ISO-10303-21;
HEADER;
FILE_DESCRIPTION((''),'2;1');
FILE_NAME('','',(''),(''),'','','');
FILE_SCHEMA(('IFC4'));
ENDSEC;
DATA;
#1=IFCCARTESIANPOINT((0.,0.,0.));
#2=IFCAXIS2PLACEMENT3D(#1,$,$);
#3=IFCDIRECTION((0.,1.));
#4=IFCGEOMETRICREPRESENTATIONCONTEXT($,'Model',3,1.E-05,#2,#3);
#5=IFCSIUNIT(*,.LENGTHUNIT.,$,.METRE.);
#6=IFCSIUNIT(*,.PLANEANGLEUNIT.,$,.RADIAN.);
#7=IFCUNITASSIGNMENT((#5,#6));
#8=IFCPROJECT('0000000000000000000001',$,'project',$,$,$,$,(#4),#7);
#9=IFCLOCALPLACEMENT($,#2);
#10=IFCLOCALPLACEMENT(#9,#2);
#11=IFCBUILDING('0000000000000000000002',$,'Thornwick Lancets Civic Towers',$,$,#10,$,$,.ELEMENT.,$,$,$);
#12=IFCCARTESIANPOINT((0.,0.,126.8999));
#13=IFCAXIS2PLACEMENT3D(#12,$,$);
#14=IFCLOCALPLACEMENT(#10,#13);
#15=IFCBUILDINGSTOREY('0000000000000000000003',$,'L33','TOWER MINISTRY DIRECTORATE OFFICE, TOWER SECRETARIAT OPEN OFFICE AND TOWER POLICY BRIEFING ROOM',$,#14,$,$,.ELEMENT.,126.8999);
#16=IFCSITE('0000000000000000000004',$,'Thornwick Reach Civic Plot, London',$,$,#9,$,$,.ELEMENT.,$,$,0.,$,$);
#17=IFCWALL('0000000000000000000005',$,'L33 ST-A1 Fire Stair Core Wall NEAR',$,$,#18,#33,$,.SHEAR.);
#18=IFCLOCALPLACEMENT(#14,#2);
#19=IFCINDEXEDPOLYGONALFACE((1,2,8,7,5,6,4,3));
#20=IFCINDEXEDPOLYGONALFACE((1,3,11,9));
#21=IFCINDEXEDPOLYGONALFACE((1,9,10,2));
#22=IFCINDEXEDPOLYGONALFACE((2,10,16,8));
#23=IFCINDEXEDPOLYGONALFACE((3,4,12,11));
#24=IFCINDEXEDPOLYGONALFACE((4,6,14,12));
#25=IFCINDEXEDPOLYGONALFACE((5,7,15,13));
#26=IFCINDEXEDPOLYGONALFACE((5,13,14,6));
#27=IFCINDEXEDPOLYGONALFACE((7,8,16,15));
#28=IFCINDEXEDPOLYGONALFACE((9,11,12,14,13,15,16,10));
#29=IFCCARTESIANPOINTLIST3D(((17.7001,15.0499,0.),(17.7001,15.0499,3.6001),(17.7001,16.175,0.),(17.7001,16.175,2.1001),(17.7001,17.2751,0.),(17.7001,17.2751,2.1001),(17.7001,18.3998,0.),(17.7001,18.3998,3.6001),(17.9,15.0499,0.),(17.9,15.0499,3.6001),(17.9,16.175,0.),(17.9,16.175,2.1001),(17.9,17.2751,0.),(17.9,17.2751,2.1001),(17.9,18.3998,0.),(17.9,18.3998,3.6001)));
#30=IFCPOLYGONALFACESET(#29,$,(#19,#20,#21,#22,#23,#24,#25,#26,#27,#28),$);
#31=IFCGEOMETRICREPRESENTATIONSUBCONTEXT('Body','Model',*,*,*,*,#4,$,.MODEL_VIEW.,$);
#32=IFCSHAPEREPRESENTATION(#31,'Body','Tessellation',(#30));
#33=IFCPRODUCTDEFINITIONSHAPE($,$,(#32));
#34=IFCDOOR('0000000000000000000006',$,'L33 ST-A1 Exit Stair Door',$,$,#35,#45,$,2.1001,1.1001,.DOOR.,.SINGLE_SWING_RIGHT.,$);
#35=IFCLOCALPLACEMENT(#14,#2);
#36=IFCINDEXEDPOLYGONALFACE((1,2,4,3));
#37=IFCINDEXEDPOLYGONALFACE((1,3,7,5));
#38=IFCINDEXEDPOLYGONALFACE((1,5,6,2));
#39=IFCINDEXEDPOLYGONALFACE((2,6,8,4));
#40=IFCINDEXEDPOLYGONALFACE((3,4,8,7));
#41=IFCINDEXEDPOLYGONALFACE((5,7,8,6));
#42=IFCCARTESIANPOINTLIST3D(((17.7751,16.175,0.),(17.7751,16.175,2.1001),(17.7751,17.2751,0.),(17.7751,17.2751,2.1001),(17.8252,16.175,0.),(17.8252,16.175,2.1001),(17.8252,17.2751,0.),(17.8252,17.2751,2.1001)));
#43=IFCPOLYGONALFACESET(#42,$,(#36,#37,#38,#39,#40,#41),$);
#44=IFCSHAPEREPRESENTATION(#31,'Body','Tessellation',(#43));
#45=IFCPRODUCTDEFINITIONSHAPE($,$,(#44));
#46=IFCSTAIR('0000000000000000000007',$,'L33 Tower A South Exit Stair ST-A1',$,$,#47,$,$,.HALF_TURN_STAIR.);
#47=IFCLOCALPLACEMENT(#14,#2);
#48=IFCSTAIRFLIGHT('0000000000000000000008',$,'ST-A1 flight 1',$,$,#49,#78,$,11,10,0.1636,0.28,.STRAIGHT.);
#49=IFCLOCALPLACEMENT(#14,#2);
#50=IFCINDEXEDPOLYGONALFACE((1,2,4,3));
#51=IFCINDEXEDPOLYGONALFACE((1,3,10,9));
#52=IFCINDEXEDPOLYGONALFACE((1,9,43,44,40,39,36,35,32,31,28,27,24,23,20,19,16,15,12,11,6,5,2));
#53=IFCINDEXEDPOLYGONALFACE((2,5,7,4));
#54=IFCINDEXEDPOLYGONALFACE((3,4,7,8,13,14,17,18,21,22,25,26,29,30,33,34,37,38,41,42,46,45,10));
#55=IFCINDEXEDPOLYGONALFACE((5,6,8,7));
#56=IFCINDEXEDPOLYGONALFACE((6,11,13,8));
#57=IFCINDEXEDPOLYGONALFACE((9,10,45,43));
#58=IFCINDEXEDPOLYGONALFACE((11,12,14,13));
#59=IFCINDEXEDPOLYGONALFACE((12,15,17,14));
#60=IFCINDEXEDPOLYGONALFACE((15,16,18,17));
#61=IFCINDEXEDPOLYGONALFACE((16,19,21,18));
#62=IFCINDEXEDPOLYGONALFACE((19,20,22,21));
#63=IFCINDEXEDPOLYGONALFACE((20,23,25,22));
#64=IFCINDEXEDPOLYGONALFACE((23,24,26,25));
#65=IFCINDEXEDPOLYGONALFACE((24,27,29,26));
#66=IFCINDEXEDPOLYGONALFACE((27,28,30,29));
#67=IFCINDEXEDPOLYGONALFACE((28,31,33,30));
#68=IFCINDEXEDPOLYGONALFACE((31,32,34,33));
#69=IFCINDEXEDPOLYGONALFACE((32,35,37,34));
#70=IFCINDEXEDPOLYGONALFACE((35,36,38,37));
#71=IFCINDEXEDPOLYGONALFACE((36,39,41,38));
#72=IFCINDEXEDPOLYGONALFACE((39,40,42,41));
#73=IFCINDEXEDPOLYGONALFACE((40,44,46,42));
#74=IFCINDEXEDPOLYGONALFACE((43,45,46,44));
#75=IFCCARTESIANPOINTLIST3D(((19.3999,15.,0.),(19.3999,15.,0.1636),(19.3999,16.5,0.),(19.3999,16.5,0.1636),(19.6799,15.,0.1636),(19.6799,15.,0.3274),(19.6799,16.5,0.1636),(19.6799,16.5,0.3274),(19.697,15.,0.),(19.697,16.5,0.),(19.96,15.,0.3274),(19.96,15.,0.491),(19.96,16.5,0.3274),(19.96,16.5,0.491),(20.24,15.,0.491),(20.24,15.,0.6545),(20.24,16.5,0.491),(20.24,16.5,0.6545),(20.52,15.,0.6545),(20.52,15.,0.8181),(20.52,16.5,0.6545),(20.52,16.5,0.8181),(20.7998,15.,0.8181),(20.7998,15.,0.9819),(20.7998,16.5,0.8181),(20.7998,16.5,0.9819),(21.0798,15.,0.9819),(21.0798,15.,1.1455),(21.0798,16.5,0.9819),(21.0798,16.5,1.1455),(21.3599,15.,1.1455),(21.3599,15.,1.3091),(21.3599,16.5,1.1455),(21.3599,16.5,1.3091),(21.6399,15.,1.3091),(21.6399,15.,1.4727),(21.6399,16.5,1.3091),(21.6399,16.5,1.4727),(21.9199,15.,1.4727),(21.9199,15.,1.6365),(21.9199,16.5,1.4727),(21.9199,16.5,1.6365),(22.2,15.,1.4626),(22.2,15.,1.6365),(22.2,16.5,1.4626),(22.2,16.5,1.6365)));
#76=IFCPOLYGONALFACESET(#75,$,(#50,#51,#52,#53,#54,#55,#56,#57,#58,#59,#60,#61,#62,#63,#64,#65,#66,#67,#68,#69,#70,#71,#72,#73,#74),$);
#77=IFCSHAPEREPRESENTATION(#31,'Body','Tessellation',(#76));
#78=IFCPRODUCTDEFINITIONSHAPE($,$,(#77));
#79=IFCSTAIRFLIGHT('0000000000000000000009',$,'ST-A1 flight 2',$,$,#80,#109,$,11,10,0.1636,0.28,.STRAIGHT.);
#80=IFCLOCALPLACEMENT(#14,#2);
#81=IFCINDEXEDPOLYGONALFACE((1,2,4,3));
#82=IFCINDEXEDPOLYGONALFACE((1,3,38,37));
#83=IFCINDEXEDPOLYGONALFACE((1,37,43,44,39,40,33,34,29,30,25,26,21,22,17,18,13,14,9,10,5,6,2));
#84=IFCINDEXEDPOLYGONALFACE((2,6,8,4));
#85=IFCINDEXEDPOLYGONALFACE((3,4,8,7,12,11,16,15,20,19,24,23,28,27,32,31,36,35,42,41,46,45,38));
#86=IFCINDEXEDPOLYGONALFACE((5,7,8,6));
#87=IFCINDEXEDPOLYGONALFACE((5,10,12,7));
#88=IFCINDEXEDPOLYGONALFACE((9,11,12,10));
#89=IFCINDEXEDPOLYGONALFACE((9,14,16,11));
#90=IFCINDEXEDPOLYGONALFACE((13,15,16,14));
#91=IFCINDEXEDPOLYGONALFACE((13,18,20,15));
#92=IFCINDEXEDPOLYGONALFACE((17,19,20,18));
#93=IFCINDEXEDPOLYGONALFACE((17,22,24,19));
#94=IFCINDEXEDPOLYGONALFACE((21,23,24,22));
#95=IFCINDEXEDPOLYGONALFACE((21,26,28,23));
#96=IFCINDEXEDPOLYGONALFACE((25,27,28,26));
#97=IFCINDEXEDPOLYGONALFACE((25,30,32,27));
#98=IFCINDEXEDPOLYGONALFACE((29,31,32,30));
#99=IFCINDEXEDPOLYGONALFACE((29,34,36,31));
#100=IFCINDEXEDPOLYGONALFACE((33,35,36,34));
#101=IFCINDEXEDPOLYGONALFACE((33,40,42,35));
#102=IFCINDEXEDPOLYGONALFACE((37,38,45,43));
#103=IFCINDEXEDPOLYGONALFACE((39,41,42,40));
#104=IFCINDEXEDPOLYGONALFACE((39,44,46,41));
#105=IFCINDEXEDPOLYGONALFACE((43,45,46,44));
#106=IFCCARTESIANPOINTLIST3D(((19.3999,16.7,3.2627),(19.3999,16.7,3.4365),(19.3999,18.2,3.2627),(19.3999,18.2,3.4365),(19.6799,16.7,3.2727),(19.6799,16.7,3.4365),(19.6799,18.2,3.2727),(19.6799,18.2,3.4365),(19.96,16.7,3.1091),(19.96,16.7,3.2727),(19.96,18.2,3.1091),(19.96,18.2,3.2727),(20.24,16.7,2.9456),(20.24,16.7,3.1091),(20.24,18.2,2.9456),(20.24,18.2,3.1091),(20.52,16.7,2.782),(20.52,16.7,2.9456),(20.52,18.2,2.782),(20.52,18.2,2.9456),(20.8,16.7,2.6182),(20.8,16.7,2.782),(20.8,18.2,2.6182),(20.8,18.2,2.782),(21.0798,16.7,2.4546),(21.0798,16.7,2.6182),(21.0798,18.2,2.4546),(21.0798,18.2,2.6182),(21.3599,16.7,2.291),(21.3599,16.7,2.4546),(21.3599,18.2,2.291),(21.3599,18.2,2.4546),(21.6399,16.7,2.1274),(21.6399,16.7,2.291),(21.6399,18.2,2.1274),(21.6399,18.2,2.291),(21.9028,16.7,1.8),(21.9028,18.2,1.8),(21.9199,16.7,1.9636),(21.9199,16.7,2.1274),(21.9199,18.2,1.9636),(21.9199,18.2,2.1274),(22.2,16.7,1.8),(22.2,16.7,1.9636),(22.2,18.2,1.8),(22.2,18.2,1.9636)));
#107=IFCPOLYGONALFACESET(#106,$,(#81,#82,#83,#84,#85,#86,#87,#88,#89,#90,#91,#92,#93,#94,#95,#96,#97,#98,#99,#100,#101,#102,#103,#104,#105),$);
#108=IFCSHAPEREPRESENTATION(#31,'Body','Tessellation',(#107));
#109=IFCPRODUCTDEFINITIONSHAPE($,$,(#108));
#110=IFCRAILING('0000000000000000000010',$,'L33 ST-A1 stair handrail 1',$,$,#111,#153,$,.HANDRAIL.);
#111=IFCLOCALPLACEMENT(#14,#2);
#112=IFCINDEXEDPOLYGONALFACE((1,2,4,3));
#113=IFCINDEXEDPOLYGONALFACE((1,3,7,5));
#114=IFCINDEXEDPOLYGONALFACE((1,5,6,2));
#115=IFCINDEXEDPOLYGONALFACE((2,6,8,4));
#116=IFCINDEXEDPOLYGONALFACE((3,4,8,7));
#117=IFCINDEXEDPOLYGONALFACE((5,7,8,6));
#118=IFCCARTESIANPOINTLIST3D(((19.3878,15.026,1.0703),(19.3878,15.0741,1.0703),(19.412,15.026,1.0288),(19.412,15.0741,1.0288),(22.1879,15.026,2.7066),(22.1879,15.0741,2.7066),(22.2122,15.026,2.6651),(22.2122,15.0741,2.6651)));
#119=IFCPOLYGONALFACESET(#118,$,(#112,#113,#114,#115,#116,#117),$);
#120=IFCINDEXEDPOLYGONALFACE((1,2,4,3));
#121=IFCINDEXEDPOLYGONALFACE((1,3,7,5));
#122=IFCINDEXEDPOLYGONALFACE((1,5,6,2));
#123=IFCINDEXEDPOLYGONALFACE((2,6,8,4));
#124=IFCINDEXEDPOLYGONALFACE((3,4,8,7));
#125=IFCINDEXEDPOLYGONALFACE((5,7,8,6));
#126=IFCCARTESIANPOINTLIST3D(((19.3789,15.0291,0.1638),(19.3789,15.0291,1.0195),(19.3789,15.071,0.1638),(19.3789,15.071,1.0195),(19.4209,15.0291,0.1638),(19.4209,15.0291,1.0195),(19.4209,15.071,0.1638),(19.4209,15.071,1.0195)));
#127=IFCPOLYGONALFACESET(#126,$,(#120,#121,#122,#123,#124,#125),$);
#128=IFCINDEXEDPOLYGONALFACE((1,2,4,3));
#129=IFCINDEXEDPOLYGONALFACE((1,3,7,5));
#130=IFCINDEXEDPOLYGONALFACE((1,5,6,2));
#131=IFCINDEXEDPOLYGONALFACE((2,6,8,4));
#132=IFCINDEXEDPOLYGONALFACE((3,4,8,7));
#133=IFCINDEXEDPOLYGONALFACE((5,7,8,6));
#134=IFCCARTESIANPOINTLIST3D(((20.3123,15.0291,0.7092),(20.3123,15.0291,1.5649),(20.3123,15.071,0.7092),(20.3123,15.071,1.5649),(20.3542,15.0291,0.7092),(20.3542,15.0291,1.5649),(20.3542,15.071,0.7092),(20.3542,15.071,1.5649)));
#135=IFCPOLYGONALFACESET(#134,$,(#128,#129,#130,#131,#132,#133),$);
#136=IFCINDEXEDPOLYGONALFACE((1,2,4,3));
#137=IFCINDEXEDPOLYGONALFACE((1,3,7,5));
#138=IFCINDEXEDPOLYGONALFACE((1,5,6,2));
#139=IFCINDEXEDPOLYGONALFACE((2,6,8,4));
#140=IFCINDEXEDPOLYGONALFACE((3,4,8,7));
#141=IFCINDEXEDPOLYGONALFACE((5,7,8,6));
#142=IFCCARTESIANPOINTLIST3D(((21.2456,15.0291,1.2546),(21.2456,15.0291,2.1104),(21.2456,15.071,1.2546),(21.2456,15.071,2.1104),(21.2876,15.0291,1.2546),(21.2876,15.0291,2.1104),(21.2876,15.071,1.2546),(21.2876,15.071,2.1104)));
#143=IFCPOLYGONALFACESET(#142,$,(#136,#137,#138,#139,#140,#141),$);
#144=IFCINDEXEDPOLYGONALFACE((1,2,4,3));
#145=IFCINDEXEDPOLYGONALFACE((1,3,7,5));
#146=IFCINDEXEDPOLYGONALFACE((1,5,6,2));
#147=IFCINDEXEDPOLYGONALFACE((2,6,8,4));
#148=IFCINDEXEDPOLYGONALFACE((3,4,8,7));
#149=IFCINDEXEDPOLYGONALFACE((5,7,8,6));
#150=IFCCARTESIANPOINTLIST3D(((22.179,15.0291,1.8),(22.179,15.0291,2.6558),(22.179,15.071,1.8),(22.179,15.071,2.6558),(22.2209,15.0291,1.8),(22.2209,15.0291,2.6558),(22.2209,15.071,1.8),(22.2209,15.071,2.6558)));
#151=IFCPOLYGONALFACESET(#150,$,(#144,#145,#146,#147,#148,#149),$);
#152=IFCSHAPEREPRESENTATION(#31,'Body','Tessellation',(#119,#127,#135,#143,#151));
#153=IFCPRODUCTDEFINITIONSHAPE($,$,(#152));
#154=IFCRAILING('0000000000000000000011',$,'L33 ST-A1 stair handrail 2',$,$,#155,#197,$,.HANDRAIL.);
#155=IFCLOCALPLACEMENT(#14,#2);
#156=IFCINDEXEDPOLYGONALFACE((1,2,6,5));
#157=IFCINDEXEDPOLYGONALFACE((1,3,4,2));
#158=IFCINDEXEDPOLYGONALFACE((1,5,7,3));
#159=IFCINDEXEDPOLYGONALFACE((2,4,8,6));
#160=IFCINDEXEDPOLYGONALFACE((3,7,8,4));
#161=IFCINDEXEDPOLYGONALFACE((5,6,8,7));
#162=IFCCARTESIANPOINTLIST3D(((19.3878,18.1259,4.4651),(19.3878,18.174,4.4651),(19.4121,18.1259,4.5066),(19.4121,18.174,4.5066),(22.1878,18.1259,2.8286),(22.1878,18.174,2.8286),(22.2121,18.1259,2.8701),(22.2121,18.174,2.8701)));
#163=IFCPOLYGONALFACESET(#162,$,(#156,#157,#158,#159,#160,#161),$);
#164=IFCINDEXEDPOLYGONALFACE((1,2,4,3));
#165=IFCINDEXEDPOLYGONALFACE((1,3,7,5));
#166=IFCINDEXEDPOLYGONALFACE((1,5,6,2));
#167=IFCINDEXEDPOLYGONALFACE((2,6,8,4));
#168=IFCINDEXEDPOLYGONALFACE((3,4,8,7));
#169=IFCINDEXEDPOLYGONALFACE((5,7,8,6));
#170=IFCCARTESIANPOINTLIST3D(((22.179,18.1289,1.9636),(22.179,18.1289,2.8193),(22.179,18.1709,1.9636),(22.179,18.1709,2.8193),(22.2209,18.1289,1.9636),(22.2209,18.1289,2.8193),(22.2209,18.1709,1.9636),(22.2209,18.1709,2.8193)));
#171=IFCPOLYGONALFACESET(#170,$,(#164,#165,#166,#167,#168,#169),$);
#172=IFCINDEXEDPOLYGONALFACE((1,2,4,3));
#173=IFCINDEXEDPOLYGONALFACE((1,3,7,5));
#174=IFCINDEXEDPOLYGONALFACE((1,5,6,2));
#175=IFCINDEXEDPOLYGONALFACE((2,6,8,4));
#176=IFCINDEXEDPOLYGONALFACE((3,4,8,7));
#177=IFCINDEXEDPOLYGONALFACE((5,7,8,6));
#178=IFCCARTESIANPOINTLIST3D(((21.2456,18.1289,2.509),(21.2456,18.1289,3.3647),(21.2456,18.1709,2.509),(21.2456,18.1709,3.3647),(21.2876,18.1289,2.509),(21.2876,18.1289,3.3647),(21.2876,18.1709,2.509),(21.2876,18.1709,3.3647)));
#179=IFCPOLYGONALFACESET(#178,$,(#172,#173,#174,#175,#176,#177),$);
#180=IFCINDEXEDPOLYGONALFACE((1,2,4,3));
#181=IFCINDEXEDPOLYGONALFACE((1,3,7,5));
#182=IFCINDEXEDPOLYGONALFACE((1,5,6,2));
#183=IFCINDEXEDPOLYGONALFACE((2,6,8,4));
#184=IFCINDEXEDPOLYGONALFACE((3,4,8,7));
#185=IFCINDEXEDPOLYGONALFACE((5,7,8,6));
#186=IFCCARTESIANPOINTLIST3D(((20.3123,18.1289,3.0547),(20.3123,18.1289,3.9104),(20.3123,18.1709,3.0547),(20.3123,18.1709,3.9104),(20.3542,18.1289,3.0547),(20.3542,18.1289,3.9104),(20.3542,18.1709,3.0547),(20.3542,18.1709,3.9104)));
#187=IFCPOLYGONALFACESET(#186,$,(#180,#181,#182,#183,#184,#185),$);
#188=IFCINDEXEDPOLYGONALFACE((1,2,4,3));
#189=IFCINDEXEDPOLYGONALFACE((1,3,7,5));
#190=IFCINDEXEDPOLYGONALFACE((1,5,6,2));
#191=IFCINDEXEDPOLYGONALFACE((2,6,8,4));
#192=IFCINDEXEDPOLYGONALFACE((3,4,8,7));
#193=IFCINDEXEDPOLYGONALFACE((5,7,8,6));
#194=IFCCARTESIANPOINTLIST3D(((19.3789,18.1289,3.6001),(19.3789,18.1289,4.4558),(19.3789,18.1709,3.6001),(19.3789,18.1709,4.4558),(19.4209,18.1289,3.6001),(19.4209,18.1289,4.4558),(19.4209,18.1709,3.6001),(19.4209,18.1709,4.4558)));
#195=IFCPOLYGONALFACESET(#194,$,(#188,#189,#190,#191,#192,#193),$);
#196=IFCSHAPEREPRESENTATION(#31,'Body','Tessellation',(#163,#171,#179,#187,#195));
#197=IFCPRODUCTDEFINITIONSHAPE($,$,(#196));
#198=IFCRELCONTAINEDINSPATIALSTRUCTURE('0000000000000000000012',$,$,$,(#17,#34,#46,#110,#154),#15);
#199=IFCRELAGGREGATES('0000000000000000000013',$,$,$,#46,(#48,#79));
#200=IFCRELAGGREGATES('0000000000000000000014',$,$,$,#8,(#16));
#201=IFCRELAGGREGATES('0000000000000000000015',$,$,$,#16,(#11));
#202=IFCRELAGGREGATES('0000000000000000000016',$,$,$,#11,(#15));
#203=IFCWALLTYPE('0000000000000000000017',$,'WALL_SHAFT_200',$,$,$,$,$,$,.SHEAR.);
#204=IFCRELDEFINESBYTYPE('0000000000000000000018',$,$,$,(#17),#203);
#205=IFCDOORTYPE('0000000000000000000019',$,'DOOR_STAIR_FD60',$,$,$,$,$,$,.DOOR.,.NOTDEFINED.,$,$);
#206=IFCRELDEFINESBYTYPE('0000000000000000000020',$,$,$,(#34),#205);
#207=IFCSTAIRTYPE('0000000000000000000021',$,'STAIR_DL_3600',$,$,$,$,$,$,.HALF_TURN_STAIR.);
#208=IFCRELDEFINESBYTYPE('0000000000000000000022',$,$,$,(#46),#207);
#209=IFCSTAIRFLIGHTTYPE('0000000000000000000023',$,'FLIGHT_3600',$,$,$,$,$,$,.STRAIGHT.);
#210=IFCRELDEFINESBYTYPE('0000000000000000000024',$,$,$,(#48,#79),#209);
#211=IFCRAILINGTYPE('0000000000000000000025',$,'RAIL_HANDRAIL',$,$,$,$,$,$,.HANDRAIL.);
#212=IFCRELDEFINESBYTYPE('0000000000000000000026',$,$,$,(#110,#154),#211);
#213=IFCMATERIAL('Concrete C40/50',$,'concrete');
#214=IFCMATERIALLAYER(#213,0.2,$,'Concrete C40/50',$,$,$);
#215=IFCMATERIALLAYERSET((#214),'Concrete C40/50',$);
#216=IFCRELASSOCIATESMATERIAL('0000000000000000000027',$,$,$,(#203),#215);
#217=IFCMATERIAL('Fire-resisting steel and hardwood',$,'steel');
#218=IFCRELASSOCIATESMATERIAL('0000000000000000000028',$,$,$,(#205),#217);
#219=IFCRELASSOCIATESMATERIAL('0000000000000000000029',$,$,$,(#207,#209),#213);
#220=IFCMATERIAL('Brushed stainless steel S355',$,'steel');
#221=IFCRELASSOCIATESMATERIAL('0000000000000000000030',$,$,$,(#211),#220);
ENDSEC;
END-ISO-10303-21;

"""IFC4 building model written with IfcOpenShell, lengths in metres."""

from ifc_helpers import new_model, si_unit, direction, frame, frame_2d, origin, origin_2d, place, context, subcontext, project, spatial, polyline, rectangle, outline, extrude, material, layer, layer_set, type_object, element, fill, aggregate, save


model = new_model("IFC4")

# Units and contexts
model_context = context("Model", 3, precision=1e-05, world=origin(), true_north=direction((0.0, 1.0)))
body_context = subcontext(model_context, "Body", "Model", "MODEL_VIEW")
ifc_project = project(units=[si_unit("LENGTHUNIT", "METRE"), si_unit("PLANEANGLEUNIT", "RADIAN")], contexts=[model_context])

# Site, building, storey
site_placement = place(None, origin())
site = spatial("IfcSite", under=ifc_project, at=site_placement, Name="Thornwick Reach Civic Plot, London", CompositionType="ELEMENT", RefElevation=0.0)
building_placement = place(site_placement, origin())
building = spatial("IfcBuilding", under=site, at=building_placement, Name="Thornwick Lancets Civic Towers", CompositionType="ELEMENT")
storey_placement = place(building_placement, frame((0.0, 0.0, 126.8999)))
storey = spatial("IfcBuildingStorey", under=building, at=storey_placement, Name="L33", Description="TOWER MINISTRY DIRECTORATE OFFICE, TOWER SECRETARIAT OPEN OFFICE AND TOWER POLICY BRIEFING ROOM", CompositionType="ELEMENT", Elevation=126.8999)

# Wall, opening, door
ifc_material_1 = material(Name="Concrete C40/50", Category="concrete")
ifc_layer_1 = layer(ifc_material_1, 0.2, Name="Concrete C40/50")
ifc_layer_set_1 = layer_set([ifc_layer_1], Name="Concrete C40/50")
wall_type_1 = type_object("IfcWallType", Name="WALL_SHAFT_200", PredefinedType="SHEAR", material=ifc_layer_set_1)
wall_1_placement = place(storey_placement, frame((17.8, 15.05, 0.0), z_axis=(0.0, 0.0, 1.0), x_axis=(0.0, 1.0, 0.0)))
wall_1 = element("IfcWall", 1, at=wall_1_placement, inside=storey, type_object=wall_type_1, Name="L33 ST-A1 Fire Stair Core Wall NEAR", PredefinedType="SHEAR", context=body_context, shape_type="SweptSolid", body=[
    extrude(rectangle(XDim=3.3499, YDim=0.2, at=frame_2d((1.6748, 0.0))), origin(), (0.0, 0.0, 1.0), 3.6001),
])
opening_1_placement = place(wall_1_placement, frame((1.125, 0.0, 0.0)))
opening_1 = element("IfcOpeningElement", 2, at=opening_1_placement, cuts=wall_1, PredefinedType="OPENING", context=body_context, shape_type="SweptSolid", body=[
    extrude(rectangle(XDim=1.1001, YDim=2.1001, at=frame_2d((0.55, 1.05))), frame((0.0, 0.1099, 0.0), z_axis=(0.0, -1.0, 0.0), x_axis=(1.0, 0.0, 0.0)), (0.0, 0.0, 1.0), 0.22),
])
ifc_material_2 = material(Name="Fire-resisting steel and hardwood", Category="steel")
door_type_1 = type_object("IfcDoorType", Name="DOOR_STAIR_FD60", OperationType="NOTDEFINED", PredefinedType="DOOR", material=ifc_material_2)
door_1_placement = place(opening_1_placement, origin())
door_1 = element("IfcDoor", 3, at=door_1_placement, inside=storey, type_object=door_type_1, Name="L33 ST-A1 Exit Stair Door", OperationType="SINGLE_SWING_RIGHT", OverallHeight=2.1001, OverallWidth=1.1001, PredefinedType="DOOR", context=body_context, shape_type="SweptSolid", body=[
    extrude(rectangle(XDim=1.1001, YDim=2.1001, at=frame_2d((0.55, 1.05))), frame((0.0, 0.0249, 0.0), z_axis=(0.0, -1.0, 0.0), x_axis=(1.0, 0.0, 0.0)), (0.0, 0.0, 1.0), 0.05),
])
fill(opening_1, door_1)

# Stair, stair flights
stair_type = type_object("IfcStairType", Name="STAIR_DL_3600", PredefinedType="HALF_TURN_STAIR", material=ifc_material_1)
stair_placement = place(storey_placement, origin())
stair = element("IfcStair", 4, at=stair_placement, inside=storey, type_object=stair_type, Name="L33 Tower A South Exit Stair ST-A1", PredefinedType="HALF_TURN_STAIR")
stair_flight_type = type_object("IfcStairFlightType", Name="FLIGHT_3600", PredefinedType="STRAIGHT", material=ifc_material_1)
stair_flight_1_placement = place(storey_placement, frame((19.3999, 15.75, 0.0), z_axis=(0.0, 0.0, 1.0), x_axis=(1.0, 0.0, 0.0)))
stair_flight_1 = element("IfcStairFlight", 5, at=stair_flight_1_placement, type_object=stair_flight_type, Name="ST-A1 flight 1", NumberOfRisers=11, NumberOfTreads=10, PredefinedType="STRAIGHT", RiserHeight=0.1636, TreadLength=0.28, context=body_context, shape_type="SweptSolid", body=[
    extrude(outline(polyline([(0.0, 0.0), (0.0, 0.1636), (0.28, 0.1636), (0.28, 0.3274), (0.5601, 0.3274), (0.5601, 0.491), (0.8401, 0.491), (0.8401, 0.6545), (1.1201, 0.6545), (1.1201, 0.8181), (1.3999, 0.8181), (1.3999, 0.9819), (1.6799, 0.9819), (1.6799, 1.1455), (1.96, 1.1455), (1.96, 1.3091), (2.24, 1.3091), (2.24, 1.4727), (2.52, 1.4727), (2.52, 1.6365), (2.8, 1.6365), (2.8, 1.8), (2.8, 1.4626), (0.2971, 0.0), (0.0, 0.0)])), frame((0.0, 0.75, 0.0), z_axis=(0.0, -1.0, 0.0), x_axis=(1.0, 0.0, 0.0)), (0.0, 0.0, 1.0), 1.5),
])
stair_flight_2_placement = place(storey_placement, frame((22.2, 17.45, 1.8), z_axis=(0.0, 0.0, 1.0), x_axis=(-1.0, 0.0, 0.0)))
stair_flight_2 = element("IfcStairFlight", 6, at=stair_flight_2_placement, type_object=stair_flight_type, Name="ST-A1 flight 2", NumberOfRisers=11, NumberOfTreads=10, PredefinedType="STRAIGHT", RiserHeight=0.1636, TreadLength=0.28, context=body_context, shape_type="SweptSolid", body=[
    extrude(outline(polyline([(0.0, 0.0), (0.0, 0.1636), (0.28, 0.1636), (0.28, 0.3274), (0.5601, 0.3274), (0.5601, 0.491), (0.8401, 0.491), (0.8401, 0.6545), (1.1201, 0.6545), (1.1201, 0.8181), (1.3999, 0.8181), (1.3999, 0.9819), (1.6799, 0.9819), (1.6799, 1.1455), (1.96, 1.1455), (1.96, 1.3091), (2.24, 1.3091), (2.24, 1.4727), (2.52, 1.4727), (2.52, 1.6365), (2.8, 1.6365), (2.8, 1.8), (2.8, 1.4626), (0.2971, 0.0), (0.0, 0.0)])), frame((0.0, 0.75, 0.0), z_axis=(0.0, -1.0, 0.0), x_axis=(1.0, 0.0, 0.0)), (0.0, 0.0, 1.0), 1.5),
])
aggregate(stair, [stair_flight_1, stair_flight_2])

# Railings
ifc_material_3 = material(Name="Brushed stainless steel S355", Category="steel")
railing_type_1 = type_object("IfcRailingType", Name="RAIL_HANDRAIL", PredefinedType="HANDRAIL", material=ifc_material_3)
railing_1_placement = place(storey_placement, frame((19.3999, 15.05, 0.1638)))
element("IfcRailing", 7, at=railing_1_placement, inside=storey, type_object=railing_type_1, Name="L33 ST-A1 stair handrail 1", PredefinedType="HANDRAIL", context=body_context, shape_type="SweptSolid", body=[
    extrude(rectangle(XDim=0.0481, YDim=0.0481, at=origin_2d()), frame((0.0, 0.0, 0.8857), z_axis=(0.863394, 0.0, 0.504531), x_axis=(0.0, 1.0, 0.0)), (0.0, 0.0, 1.0), 3.2432),
    extrude(rectangle(XDim=0.042, YDim=0.042, at=origin_2d()), origin(), (0.0, 0.0, 1.0), 0.8557),
    extrude(rectangle(XDim=0.042, YDim=0.042, at=origin_2d()), frame((0.9333, 0.0, 0.5454)), (0.0, 0.0, 1.0), 0.8557),
    extrude(rectangle(XDim=0.042, YDim=0.042, at=origin_2d()), frame((1.8667, 0.0, 1.0908)), (0.0, 0.0, 1.0), 0.8557),
    extrude(rectangle(XDim=0.042, YDim=0.042, at=origin_2d()), frame((2.8, 0.0, 1.6362)), (0.0, 0.0, 1.0), 0.8557),
])
railing_2_placement = place(storey_placement, frame((22.2, 18.1499, 1.9636)))
element("IfcRailing", 8, at=railing_2_placement, inside=storey, type_object=railing_type_1, Name="L33 ST-A1 stair handrail 2", PredefinedType="HANDRAIL", context=body_context, shape_type="SweptSolid", body=[
    extrude(rectangle(XDim=0.0481, YDim=0.0481, at=origin_2d()), frame((0.0, 0.0, 0.8857), z_axis=(-0.863361, 0.0, 0.504587), x_axis=(0.0, -1.0, 0.0)), (0.0, 0.0, 1.0), 3.2432),
    extrude(rectangle(XDim=0.042, YDim=0.042, at=origin_2d()), origin(), (0.0, 0.0, 1.0), 0.8557),
    extrude(rectangle(XDim=0.042, YDim=0.042, at=origin_2d()), frame((-0.9333, 0.0, 0.5454)), (0.0, 0.0, 1.0), 0.8557),
    extrude(rectangle(XDim=0.042, YDim=0.042, at=origin_2d()), frame((-1.8667, 0.0, 1.0911)), (0.0, 0.0, 1.0), 0.8557),
    extrude(rectangle(XDim=0.042, YDim=0.042, at=origin_2d()), frame((-2.8, 0.0, 1.6365)), (0.0, 0.0, 1.0), 0.8557),
])

save(model, "model.ifc")
